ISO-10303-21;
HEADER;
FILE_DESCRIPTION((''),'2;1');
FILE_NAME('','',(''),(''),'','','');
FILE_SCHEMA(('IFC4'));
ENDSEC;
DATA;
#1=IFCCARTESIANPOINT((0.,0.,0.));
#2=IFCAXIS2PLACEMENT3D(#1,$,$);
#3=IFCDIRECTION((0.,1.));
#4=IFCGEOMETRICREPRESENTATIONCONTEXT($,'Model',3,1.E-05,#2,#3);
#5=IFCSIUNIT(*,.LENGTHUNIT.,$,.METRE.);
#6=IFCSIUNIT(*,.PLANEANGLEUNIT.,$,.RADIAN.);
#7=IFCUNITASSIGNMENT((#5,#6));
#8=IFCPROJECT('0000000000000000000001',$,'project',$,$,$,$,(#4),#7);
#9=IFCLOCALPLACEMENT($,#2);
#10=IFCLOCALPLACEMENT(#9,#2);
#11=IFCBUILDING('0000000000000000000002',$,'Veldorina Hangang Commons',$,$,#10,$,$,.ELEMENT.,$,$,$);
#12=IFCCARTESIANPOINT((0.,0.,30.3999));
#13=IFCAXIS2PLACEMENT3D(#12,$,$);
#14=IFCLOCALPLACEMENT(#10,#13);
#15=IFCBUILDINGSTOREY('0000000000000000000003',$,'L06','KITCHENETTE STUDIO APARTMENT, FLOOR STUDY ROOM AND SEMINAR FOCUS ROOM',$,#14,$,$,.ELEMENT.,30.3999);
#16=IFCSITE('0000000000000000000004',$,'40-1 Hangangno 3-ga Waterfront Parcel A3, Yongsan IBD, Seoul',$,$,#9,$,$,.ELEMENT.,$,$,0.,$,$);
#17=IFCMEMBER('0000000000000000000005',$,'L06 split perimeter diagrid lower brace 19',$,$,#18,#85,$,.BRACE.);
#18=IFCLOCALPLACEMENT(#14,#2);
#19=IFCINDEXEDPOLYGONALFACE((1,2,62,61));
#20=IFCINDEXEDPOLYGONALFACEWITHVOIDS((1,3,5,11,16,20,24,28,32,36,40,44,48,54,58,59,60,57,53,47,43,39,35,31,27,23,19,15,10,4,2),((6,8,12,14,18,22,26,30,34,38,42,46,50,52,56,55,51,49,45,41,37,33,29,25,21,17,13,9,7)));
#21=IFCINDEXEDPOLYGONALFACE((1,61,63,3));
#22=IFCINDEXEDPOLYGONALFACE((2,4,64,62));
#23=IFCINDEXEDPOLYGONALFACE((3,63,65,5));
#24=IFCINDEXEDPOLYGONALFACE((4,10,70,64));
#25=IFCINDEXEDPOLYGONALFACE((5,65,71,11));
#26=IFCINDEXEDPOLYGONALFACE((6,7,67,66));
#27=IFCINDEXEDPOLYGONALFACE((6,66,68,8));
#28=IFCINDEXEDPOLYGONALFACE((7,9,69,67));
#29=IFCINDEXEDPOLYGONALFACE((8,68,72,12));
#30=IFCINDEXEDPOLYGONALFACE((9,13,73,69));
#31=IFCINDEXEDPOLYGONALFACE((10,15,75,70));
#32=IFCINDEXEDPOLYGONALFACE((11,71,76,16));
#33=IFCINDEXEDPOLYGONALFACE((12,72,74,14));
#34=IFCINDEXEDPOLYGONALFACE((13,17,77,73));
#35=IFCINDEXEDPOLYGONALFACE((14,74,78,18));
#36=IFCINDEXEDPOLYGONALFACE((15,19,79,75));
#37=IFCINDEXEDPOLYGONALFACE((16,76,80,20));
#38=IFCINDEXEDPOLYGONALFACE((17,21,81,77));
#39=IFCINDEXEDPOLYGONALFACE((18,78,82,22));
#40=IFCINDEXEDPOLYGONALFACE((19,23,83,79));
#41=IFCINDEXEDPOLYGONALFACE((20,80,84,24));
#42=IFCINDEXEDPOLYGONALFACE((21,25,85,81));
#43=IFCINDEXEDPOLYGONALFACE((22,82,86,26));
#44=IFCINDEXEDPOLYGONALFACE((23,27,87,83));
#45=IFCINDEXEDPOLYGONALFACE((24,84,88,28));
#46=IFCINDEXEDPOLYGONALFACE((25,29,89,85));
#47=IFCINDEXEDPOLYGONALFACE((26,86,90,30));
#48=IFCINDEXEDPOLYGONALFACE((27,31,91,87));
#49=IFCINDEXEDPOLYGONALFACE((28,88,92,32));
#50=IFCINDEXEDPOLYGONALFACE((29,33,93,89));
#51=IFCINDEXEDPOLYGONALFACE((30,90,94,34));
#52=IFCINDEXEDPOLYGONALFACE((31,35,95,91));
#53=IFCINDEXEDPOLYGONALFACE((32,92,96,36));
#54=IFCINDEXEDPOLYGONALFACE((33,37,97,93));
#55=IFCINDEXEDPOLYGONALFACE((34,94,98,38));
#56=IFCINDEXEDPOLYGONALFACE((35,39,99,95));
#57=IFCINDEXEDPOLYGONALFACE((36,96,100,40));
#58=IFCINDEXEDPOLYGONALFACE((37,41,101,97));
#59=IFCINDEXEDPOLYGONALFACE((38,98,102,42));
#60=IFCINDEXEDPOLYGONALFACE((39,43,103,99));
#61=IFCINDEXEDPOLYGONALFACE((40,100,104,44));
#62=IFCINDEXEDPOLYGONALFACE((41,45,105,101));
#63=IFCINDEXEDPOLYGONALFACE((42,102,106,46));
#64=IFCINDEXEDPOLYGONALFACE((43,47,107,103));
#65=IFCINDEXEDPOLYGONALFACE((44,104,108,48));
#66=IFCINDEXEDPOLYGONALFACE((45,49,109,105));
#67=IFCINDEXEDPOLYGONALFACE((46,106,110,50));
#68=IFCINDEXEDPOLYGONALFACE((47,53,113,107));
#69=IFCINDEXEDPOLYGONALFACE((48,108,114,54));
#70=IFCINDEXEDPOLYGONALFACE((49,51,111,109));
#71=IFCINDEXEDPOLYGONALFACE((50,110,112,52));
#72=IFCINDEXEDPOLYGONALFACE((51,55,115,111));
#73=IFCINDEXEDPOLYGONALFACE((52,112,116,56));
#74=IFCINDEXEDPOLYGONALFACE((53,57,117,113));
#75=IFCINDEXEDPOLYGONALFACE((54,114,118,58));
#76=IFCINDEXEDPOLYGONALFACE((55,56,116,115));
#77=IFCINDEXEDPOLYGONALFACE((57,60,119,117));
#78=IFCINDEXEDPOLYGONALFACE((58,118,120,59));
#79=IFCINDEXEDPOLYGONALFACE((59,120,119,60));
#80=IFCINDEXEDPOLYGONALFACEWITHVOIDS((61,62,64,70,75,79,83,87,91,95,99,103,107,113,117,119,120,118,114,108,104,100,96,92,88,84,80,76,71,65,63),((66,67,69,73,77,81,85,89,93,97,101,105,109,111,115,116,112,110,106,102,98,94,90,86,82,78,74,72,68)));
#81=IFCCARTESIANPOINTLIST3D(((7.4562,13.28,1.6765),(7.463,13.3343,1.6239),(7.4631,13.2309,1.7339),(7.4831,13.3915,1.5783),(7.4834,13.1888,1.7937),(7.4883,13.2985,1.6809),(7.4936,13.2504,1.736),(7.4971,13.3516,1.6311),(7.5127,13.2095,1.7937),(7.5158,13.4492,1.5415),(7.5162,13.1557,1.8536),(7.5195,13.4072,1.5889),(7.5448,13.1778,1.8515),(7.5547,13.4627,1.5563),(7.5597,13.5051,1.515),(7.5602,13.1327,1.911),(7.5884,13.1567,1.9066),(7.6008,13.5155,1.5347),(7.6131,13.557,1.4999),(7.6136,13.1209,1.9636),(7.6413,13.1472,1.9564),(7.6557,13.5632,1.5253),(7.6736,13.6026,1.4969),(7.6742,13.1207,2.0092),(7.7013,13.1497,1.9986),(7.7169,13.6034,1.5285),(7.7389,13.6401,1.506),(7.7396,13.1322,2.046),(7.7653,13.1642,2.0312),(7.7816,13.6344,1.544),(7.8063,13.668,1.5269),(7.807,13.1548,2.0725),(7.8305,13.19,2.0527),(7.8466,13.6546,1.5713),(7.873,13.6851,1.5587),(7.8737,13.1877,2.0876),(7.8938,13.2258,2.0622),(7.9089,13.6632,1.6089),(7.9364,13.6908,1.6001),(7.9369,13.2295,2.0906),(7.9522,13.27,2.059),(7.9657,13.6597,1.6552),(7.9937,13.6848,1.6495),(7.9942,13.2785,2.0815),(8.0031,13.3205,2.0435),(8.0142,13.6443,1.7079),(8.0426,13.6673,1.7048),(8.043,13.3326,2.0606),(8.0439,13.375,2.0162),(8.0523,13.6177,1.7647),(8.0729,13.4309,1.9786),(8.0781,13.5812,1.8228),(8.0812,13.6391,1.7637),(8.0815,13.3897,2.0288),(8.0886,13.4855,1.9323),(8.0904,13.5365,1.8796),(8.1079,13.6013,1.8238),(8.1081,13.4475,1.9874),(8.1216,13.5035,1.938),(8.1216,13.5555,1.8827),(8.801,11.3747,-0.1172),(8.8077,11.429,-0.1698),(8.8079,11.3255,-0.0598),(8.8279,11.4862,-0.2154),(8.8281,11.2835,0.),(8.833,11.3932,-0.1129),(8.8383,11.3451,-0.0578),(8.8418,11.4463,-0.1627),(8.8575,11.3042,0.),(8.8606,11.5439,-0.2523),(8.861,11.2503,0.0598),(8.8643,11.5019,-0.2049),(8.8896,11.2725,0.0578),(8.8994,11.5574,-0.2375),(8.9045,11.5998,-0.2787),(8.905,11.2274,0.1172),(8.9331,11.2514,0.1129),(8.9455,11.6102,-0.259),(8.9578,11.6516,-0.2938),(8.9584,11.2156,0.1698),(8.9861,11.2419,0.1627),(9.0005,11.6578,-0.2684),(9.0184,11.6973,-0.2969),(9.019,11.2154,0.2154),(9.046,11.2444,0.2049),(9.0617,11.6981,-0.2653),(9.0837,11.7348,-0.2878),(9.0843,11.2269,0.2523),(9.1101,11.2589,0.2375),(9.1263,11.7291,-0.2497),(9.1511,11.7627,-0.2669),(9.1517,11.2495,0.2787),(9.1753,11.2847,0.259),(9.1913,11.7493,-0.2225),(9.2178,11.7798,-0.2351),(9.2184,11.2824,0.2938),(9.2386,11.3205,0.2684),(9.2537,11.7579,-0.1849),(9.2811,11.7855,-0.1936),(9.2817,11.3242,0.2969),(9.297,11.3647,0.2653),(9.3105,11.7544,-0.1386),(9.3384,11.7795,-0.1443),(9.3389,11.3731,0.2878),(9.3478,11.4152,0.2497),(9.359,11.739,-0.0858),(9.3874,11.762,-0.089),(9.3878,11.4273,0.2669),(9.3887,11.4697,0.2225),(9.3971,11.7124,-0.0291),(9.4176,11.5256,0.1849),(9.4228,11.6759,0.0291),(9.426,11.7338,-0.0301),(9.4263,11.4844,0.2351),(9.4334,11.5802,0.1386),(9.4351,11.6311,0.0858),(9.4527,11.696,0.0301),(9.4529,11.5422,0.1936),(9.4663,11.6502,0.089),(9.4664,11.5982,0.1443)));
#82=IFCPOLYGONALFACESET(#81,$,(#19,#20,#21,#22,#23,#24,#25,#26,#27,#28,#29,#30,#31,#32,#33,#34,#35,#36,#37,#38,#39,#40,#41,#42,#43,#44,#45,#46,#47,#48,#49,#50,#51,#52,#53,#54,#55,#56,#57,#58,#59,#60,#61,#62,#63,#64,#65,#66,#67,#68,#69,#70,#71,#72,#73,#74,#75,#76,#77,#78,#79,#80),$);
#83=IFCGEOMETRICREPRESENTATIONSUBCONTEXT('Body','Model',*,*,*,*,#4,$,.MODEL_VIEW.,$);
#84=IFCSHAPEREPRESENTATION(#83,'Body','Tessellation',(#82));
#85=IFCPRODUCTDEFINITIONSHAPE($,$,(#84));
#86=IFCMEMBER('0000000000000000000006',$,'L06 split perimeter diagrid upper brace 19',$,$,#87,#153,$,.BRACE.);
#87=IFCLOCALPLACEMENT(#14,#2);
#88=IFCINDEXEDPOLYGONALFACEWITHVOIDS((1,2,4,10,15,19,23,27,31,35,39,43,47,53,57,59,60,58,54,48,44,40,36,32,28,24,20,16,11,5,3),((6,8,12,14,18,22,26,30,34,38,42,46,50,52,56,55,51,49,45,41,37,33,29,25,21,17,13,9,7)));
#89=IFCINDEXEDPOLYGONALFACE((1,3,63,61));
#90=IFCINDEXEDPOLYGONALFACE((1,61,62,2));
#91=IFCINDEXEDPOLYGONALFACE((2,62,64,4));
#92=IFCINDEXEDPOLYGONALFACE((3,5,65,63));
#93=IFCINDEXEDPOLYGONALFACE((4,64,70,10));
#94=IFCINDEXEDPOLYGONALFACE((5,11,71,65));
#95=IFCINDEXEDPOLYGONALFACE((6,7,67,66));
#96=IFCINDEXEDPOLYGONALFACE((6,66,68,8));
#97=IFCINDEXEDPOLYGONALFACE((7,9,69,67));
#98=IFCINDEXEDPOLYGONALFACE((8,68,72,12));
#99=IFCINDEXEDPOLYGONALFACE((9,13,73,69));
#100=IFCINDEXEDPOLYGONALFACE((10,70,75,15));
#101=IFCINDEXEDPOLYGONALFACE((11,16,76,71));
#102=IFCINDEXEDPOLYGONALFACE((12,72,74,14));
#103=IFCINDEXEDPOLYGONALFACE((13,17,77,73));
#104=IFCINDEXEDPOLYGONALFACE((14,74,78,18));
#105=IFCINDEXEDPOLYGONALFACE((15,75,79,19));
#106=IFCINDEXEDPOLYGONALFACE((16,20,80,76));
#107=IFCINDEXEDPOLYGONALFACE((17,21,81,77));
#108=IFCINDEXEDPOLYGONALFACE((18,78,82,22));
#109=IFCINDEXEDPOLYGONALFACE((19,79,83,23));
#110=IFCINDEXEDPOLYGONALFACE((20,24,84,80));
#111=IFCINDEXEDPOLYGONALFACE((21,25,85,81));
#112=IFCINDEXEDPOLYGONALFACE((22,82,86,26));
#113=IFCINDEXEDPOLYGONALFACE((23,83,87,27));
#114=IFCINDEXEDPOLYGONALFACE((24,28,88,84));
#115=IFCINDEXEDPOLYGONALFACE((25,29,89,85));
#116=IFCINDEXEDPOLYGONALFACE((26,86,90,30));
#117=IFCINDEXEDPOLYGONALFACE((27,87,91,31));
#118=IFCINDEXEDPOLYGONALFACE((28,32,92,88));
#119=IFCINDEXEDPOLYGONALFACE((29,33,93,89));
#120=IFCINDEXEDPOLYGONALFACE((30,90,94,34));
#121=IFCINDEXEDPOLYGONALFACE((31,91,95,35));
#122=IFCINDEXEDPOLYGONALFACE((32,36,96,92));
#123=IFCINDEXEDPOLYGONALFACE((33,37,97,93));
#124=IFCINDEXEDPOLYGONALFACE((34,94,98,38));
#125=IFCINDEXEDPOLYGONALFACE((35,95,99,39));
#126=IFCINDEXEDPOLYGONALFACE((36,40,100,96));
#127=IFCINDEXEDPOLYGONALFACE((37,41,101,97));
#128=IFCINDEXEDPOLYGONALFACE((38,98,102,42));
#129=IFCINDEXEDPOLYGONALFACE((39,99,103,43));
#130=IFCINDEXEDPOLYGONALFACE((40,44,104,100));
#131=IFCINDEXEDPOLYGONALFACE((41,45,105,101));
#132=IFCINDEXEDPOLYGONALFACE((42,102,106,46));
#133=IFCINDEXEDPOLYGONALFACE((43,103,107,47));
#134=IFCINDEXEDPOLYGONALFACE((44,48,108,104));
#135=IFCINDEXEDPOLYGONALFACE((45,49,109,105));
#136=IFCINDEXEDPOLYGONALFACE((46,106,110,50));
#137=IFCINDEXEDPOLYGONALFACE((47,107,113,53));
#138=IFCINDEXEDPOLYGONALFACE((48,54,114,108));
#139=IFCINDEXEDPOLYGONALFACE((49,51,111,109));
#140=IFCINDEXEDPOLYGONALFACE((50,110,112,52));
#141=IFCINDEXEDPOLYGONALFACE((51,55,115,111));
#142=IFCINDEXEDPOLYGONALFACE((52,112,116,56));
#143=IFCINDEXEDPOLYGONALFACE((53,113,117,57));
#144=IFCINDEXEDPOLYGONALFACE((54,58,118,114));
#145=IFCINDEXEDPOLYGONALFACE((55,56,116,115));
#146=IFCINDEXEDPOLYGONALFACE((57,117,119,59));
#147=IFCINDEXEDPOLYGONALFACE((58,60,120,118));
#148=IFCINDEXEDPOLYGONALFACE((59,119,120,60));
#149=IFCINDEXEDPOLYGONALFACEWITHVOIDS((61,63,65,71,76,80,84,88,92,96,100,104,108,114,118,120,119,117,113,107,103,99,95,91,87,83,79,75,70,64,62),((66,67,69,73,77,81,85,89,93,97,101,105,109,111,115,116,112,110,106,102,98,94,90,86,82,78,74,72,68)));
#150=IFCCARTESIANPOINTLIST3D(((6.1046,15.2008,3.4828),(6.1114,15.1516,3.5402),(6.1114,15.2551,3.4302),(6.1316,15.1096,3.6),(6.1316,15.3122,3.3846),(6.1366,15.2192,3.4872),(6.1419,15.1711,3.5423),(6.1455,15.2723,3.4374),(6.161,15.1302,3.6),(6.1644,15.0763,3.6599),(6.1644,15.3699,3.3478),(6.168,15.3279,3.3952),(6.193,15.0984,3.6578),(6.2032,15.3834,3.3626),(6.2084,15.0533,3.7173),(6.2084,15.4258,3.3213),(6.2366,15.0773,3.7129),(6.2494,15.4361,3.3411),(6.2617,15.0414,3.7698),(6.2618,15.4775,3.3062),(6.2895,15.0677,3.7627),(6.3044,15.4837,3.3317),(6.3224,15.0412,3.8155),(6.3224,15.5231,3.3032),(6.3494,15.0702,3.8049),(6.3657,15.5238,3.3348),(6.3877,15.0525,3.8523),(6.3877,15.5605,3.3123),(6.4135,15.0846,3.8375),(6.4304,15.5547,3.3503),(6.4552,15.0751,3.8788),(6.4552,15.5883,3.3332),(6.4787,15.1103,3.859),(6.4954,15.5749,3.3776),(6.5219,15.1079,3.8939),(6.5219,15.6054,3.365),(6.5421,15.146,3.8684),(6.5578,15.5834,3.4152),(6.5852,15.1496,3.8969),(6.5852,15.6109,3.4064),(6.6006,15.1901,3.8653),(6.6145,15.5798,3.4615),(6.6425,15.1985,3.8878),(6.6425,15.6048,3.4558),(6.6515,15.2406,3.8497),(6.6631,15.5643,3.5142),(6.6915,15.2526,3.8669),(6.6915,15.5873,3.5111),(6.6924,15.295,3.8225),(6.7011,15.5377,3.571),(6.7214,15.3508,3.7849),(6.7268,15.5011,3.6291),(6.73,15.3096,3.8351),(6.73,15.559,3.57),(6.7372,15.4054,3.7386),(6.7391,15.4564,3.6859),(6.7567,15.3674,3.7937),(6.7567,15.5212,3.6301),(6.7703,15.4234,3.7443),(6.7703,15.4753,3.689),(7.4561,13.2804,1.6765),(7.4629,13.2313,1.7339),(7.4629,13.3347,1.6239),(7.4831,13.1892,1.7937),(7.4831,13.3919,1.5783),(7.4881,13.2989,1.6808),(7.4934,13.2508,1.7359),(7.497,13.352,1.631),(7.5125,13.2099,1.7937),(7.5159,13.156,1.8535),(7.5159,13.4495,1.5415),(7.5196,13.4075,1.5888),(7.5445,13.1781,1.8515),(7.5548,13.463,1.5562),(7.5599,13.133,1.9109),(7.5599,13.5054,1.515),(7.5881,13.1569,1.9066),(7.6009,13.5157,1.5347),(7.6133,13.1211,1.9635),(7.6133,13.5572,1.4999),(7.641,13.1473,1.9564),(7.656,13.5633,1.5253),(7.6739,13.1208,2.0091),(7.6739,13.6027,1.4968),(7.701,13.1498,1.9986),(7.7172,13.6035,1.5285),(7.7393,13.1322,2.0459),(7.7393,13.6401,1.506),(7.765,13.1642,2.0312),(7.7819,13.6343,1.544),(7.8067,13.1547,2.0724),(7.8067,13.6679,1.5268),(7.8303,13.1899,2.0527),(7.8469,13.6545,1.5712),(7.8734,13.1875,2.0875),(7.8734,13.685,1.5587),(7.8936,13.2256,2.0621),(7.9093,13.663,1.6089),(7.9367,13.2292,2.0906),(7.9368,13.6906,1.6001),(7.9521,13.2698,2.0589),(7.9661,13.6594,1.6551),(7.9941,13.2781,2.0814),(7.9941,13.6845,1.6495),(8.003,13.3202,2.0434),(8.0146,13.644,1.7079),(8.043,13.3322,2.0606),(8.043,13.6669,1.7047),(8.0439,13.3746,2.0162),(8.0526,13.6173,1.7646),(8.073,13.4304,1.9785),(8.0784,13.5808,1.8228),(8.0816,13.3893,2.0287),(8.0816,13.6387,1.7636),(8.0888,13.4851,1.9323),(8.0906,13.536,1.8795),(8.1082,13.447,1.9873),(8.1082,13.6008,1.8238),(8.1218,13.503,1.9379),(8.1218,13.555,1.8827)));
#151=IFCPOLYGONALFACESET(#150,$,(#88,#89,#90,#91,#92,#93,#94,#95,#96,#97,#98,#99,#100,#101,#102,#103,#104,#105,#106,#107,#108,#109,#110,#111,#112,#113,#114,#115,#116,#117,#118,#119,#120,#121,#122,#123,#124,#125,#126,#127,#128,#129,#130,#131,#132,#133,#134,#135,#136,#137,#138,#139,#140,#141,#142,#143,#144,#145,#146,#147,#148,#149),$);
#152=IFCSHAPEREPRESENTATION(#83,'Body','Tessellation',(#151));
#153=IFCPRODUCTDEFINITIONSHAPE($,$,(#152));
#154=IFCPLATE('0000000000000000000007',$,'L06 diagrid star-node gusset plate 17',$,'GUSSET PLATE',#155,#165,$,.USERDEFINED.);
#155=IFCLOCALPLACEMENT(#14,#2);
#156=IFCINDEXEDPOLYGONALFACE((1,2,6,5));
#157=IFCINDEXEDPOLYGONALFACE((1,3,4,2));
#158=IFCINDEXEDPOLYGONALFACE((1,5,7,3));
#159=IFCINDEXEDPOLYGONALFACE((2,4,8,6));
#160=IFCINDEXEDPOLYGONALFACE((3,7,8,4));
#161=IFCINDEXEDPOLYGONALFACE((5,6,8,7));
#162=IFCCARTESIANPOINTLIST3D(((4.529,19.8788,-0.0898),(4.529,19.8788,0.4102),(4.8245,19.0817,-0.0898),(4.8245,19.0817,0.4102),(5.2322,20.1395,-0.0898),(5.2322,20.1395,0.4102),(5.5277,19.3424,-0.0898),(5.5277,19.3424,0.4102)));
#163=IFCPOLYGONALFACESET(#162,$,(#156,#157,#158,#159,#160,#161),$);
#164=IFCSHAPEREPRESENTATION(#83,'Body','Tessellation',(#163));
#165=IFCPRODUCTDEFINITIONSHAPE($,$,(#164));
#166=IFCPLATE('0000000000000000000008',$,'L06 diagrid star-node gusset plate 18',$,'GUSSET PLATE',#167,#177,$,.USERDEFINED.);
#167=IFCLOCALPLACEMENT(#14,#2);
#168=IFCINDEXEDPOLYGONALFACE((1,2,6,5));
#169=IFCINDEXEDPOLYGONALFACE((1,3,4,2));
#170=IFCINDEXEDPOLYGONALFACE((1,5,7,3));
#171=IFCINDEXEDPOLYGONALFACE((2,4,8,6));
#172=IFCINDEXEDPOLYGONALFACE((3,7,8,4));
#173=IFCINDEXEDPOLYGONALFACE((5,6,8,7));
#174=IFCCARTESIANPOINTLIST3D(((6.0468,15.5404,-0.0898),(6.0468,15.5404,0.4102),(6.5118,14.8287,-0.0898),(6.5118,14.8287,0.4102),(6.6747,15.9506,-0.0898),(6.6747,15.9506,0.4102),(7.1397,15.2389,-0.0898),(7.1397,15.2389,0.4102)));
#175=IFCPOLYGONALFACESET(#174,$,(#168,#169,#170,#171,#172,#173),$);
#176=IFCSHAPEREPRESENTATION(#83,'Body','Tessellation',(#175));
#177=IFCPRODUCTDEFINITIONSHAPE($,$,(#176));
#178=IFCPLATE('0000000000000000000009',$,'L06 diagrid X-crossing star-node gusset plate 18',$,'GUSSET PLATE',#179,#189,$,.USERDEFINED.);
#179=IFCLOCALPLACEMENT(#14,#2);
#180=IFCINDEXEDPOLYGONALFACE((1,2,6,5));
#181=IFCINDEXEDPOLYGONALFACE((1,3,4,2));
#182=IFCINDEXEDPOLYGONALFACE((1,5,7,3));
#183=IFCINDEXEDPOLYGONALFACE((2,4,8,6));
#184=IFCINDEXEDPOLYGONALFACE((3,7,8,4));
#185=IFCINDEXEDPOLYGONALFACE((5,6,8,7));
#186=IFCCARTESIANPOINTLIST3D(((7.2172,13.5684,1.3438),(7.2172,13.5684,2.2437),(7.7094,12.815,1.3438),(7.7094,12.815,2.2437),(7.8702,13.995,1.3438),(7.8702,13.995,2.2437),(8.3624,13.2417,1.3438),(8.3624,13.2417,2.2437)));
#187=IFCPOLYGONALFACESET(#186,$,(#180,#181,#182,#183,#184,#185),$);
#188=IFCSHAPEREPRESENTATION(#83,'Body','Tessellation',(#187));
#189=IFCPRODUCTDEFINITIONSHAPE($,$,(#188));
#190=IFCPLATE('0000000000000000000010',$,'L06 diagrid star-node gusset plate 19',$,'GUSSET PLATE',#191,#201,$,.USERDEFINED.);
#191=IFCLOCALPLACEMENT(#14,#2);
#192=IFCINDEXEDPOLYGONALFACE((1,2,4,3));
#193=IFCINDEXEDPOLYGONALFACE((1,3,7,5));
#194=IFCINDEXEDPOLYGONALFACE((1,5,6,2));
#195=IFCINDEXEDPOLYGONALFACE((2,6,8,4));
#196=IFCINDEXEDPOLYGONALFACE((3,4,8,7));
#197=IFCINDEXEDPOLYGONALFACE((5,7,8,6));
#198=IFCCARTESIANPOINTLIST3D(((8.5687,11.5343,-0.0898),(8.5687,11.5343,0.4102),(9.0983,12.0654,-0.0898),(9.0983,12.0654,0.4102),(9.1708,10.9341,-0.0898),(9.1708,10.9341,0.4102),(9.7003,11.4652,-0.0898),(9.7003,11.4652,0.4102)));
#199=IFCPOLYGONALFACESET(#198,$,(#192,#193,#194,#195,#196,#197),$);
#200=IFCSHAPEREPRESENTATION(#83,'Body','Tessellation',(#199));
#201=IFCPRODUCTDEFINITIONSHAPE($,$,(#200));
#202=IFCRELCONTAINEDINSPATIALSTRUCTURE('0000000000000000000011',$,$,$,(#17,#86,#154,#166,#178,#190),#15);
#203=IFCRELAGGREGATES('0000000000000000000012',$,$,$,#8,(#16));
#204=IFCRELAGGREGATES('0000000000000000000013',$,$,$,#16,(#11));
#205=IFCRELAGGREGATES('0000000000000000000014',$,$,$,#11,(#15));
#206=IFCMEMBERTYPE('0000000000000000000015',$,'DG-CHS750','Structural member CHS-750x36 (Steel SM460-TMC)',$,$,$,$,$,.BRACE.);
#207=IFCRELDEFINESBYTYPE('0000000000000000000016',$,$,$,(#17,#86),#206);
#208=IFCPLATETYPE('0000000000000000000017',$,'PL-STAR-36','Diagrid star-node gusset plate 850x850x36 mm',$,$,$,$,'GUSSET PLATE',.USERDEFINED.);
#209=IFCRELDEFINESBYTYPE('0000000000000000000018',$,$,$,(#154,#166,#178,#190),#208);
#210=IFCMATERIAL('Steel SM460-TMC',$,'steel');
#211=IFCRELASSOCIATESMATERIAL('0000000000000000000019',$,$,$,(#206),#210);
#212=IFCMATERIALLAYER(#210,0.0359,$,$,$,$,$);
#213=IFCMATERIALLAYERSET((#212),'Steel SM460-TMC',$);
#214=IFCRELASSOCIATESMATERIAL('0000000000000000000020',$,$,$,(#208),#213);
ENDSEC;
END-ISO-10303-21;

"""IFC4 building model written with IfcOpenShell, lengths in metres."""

from ifc_helpers import new_model, si_unit, direction, frame, origin, origin_2d, place, context, subcontext, project, spatial, rectangle, hollow_circle, extrude, material, layer, layer_set, material_profile, profile_set, type_object, element, save


model = new_model("IFC4")

# Units and contexts
model_context = context("Model", 3, precision=1e-05, world=origin(), true_north=direction((0.0, 1.0)))
body_context = subcontext(model_context, "Body", "Model", "MODEL_VIEW")
ifc_project = project(units=[si_unit("LENGTHUNIT", "METRE"), si_unit("PLANEANGLEUNIT", "RADIAN")], contexts=[model_context])

# Site, building, storey
site_placement = place(None, origin())
site = spatial("IfcSite", under=ifc_project, at=site_placement, Name="40-1 Hangangno 3-ga Waterfront Parcel A3, Yongsan IBD, Seoul", CompositionType="ELEMENT", RefElevation=0.0)
building_placement = place(site_placement, origin())
building = spatial("IfcBuilding", under=site, at=building_placement, Name="Veldorina Hangang Commons", CompositionType="ELEMENT")
storey_placement = place(building_placement, frame((0.0, 0.0, 30.3999)))
storey = spatial("IfcBuildingStorey", under=building, at=storey_placement, Name="L06", Description="KITCHENETTE STUDIO APARTMENT, FLOOR STUDY ROOM AND SEMINAR FOCUS ROOM", CompositionType="ELEMENT", Elevation=30.3999)

# Shared definitions
ifc_material_1 = material(Name="Steel SM460-TMC", Category="steel")

# Members
ifc_material_profile_1 = material_profile(ifc_material_1, hollow_circle(Radius=0.375, WallThickness=0.0359, at=origin_2d()), Name="CHS-750x36")
ifc_profile_set_1 = profile_set([ifc_material_profile_1], Name="Steel SM460-TMC")
member_type_1 = type_object("IfcMemberType", Name="DG-CHS750", Description="Structural member CHS-750x36 (Steel SM460-TMC)", PredefinedType="BRACE", material=ifc_profile_set_1)
member_1_placement = place(storey_placement, frame((9.1345, 11.4998, 0.0), z_axis=(-0.45707, 0.647598, 0.609675), x_axis=(-0.817003, -0.576634, 0.0)))
element("IfcMember", 1, at=member_1_placement, inside=storey, type_object=member_type_1, Name="L06 split perimeter diagrid lower brace 19", PredefinedType="BRACE", context=body_context, shape_type="SweptSolid", body=[
    extrude(hollow_circle(Radius=0.375, WallThickness=0.0359, at=origin_2d()), origin(), (0.0, 0.0, 1.0), 2.9421),
])
member_2_placement = place(storey_placement, frame((7.7898, 13.405, 1.7937), z_axis=(-0.456188, 0.64819, 0.609707), x_axis=(-0.817774, -0.57554, 0.0)))
element("IfcMember", 2, at=member_2_placement, inside=storey, type_object=member_type_1, Name="L06 split perimeter diagrid upper brace 19", PredefinedType="BRACE", context=body_context, shape_type="SweptSolid", body=[
    extrude(hollow_circle(Radius=0.375, WallThickness=0.0359, at=origin_2d()), origin(), (0.0, 0.0, 1.0), 2.9626),
])

# Plates
ifc_layer_1 = layer(ifc_material_1, 0.0359)
ifc_layer_set_1 = layer_set([ifc_layer_1], Name="Steel SM460-TMC")
plate_type = type_object("IfcPlateType", Name="PL-STAR-36", Description="Diagrid star-node gusset plate 850x850x36 mm", ElementType="GUSSET PLATE", PredefinedType="USERDEFINED", material=ifc_layer_set_1)
for number, where, z_axis, x_axis, name in (
    (3, (5.0283, 19.6106, -0.0898), (0.0, 0.0, 1.0), (0.347623, -0.937634, 0.0), "L06 diagrid star-node gusset plate 17"),
    (4, (6.5933, 15.3896, -0.0898), (0.0, 0.0, 1.0), (0.546935, -0.837175, 0.0), "L06 diagrid star-node gusset plate 18"),
):
    element("IfcPlate", number, at=place(storey_placement, frame(where, z_axis=z_axis, x_axis=x_axis)), inside=storey, type_object=plate_type, Name=name, ObjectType="GUSSET PLATE", PredefinedType="USERDEFINED", context=body_context, shape_type="SweptSolid", body=[
        extrude(rectangle(XDim=0.8501, YDim=0.75, at=origin_2d()), origin(), (0.0, 0.0, 1.0), 0.5),
    ])
plate_1_placement = place(storey_placement, frame((7.7898, 13.405, 1.3438), z_axis=(0.0, 0.0, 1.0), x_axis=(0.546935, -0.837175, 0.0)))
element("IfcPlate", 5, at=plate_1_placement, inside=storey, type_object=plate_type, Name="L06 diagrid X-crossing star-node gusset plate 18", ObjectType="GUSSET PLATE", PredefinedType="USERDEFINED", context=body_context, shape_type="SweptSolid", body=[
    extrude(rectangle(XDim=0.8999, YDim=0.78, at=origin_2d()), origin(), (0.0, 0.0, 1.0), 0.8999),
])
plate_2_placement = place(storey_placement, frame((9.1345, 11.4998, -0.0898), z_axis=(0.0, 0.0, 1.0), x_axis=(0.70818, -0.706032, 0.0)))
element("IfcPlate", 6, at=plate_2_placement, inside=storey, type_object=plate_type, Name="L06 diagrid star-node gusset plate 19", ObjectType="GUSSET PLATE", PredefinedType="USERDEFINED", context=body_context, shape_type="SweptSolid", body=[
    extrude(rectangle(XDim=0.8501, YDim=0.75, at=origin_2d()), origin(), (0.0, 0.0, 1.0), 0.5),
])

save(model, "model.ifc")
